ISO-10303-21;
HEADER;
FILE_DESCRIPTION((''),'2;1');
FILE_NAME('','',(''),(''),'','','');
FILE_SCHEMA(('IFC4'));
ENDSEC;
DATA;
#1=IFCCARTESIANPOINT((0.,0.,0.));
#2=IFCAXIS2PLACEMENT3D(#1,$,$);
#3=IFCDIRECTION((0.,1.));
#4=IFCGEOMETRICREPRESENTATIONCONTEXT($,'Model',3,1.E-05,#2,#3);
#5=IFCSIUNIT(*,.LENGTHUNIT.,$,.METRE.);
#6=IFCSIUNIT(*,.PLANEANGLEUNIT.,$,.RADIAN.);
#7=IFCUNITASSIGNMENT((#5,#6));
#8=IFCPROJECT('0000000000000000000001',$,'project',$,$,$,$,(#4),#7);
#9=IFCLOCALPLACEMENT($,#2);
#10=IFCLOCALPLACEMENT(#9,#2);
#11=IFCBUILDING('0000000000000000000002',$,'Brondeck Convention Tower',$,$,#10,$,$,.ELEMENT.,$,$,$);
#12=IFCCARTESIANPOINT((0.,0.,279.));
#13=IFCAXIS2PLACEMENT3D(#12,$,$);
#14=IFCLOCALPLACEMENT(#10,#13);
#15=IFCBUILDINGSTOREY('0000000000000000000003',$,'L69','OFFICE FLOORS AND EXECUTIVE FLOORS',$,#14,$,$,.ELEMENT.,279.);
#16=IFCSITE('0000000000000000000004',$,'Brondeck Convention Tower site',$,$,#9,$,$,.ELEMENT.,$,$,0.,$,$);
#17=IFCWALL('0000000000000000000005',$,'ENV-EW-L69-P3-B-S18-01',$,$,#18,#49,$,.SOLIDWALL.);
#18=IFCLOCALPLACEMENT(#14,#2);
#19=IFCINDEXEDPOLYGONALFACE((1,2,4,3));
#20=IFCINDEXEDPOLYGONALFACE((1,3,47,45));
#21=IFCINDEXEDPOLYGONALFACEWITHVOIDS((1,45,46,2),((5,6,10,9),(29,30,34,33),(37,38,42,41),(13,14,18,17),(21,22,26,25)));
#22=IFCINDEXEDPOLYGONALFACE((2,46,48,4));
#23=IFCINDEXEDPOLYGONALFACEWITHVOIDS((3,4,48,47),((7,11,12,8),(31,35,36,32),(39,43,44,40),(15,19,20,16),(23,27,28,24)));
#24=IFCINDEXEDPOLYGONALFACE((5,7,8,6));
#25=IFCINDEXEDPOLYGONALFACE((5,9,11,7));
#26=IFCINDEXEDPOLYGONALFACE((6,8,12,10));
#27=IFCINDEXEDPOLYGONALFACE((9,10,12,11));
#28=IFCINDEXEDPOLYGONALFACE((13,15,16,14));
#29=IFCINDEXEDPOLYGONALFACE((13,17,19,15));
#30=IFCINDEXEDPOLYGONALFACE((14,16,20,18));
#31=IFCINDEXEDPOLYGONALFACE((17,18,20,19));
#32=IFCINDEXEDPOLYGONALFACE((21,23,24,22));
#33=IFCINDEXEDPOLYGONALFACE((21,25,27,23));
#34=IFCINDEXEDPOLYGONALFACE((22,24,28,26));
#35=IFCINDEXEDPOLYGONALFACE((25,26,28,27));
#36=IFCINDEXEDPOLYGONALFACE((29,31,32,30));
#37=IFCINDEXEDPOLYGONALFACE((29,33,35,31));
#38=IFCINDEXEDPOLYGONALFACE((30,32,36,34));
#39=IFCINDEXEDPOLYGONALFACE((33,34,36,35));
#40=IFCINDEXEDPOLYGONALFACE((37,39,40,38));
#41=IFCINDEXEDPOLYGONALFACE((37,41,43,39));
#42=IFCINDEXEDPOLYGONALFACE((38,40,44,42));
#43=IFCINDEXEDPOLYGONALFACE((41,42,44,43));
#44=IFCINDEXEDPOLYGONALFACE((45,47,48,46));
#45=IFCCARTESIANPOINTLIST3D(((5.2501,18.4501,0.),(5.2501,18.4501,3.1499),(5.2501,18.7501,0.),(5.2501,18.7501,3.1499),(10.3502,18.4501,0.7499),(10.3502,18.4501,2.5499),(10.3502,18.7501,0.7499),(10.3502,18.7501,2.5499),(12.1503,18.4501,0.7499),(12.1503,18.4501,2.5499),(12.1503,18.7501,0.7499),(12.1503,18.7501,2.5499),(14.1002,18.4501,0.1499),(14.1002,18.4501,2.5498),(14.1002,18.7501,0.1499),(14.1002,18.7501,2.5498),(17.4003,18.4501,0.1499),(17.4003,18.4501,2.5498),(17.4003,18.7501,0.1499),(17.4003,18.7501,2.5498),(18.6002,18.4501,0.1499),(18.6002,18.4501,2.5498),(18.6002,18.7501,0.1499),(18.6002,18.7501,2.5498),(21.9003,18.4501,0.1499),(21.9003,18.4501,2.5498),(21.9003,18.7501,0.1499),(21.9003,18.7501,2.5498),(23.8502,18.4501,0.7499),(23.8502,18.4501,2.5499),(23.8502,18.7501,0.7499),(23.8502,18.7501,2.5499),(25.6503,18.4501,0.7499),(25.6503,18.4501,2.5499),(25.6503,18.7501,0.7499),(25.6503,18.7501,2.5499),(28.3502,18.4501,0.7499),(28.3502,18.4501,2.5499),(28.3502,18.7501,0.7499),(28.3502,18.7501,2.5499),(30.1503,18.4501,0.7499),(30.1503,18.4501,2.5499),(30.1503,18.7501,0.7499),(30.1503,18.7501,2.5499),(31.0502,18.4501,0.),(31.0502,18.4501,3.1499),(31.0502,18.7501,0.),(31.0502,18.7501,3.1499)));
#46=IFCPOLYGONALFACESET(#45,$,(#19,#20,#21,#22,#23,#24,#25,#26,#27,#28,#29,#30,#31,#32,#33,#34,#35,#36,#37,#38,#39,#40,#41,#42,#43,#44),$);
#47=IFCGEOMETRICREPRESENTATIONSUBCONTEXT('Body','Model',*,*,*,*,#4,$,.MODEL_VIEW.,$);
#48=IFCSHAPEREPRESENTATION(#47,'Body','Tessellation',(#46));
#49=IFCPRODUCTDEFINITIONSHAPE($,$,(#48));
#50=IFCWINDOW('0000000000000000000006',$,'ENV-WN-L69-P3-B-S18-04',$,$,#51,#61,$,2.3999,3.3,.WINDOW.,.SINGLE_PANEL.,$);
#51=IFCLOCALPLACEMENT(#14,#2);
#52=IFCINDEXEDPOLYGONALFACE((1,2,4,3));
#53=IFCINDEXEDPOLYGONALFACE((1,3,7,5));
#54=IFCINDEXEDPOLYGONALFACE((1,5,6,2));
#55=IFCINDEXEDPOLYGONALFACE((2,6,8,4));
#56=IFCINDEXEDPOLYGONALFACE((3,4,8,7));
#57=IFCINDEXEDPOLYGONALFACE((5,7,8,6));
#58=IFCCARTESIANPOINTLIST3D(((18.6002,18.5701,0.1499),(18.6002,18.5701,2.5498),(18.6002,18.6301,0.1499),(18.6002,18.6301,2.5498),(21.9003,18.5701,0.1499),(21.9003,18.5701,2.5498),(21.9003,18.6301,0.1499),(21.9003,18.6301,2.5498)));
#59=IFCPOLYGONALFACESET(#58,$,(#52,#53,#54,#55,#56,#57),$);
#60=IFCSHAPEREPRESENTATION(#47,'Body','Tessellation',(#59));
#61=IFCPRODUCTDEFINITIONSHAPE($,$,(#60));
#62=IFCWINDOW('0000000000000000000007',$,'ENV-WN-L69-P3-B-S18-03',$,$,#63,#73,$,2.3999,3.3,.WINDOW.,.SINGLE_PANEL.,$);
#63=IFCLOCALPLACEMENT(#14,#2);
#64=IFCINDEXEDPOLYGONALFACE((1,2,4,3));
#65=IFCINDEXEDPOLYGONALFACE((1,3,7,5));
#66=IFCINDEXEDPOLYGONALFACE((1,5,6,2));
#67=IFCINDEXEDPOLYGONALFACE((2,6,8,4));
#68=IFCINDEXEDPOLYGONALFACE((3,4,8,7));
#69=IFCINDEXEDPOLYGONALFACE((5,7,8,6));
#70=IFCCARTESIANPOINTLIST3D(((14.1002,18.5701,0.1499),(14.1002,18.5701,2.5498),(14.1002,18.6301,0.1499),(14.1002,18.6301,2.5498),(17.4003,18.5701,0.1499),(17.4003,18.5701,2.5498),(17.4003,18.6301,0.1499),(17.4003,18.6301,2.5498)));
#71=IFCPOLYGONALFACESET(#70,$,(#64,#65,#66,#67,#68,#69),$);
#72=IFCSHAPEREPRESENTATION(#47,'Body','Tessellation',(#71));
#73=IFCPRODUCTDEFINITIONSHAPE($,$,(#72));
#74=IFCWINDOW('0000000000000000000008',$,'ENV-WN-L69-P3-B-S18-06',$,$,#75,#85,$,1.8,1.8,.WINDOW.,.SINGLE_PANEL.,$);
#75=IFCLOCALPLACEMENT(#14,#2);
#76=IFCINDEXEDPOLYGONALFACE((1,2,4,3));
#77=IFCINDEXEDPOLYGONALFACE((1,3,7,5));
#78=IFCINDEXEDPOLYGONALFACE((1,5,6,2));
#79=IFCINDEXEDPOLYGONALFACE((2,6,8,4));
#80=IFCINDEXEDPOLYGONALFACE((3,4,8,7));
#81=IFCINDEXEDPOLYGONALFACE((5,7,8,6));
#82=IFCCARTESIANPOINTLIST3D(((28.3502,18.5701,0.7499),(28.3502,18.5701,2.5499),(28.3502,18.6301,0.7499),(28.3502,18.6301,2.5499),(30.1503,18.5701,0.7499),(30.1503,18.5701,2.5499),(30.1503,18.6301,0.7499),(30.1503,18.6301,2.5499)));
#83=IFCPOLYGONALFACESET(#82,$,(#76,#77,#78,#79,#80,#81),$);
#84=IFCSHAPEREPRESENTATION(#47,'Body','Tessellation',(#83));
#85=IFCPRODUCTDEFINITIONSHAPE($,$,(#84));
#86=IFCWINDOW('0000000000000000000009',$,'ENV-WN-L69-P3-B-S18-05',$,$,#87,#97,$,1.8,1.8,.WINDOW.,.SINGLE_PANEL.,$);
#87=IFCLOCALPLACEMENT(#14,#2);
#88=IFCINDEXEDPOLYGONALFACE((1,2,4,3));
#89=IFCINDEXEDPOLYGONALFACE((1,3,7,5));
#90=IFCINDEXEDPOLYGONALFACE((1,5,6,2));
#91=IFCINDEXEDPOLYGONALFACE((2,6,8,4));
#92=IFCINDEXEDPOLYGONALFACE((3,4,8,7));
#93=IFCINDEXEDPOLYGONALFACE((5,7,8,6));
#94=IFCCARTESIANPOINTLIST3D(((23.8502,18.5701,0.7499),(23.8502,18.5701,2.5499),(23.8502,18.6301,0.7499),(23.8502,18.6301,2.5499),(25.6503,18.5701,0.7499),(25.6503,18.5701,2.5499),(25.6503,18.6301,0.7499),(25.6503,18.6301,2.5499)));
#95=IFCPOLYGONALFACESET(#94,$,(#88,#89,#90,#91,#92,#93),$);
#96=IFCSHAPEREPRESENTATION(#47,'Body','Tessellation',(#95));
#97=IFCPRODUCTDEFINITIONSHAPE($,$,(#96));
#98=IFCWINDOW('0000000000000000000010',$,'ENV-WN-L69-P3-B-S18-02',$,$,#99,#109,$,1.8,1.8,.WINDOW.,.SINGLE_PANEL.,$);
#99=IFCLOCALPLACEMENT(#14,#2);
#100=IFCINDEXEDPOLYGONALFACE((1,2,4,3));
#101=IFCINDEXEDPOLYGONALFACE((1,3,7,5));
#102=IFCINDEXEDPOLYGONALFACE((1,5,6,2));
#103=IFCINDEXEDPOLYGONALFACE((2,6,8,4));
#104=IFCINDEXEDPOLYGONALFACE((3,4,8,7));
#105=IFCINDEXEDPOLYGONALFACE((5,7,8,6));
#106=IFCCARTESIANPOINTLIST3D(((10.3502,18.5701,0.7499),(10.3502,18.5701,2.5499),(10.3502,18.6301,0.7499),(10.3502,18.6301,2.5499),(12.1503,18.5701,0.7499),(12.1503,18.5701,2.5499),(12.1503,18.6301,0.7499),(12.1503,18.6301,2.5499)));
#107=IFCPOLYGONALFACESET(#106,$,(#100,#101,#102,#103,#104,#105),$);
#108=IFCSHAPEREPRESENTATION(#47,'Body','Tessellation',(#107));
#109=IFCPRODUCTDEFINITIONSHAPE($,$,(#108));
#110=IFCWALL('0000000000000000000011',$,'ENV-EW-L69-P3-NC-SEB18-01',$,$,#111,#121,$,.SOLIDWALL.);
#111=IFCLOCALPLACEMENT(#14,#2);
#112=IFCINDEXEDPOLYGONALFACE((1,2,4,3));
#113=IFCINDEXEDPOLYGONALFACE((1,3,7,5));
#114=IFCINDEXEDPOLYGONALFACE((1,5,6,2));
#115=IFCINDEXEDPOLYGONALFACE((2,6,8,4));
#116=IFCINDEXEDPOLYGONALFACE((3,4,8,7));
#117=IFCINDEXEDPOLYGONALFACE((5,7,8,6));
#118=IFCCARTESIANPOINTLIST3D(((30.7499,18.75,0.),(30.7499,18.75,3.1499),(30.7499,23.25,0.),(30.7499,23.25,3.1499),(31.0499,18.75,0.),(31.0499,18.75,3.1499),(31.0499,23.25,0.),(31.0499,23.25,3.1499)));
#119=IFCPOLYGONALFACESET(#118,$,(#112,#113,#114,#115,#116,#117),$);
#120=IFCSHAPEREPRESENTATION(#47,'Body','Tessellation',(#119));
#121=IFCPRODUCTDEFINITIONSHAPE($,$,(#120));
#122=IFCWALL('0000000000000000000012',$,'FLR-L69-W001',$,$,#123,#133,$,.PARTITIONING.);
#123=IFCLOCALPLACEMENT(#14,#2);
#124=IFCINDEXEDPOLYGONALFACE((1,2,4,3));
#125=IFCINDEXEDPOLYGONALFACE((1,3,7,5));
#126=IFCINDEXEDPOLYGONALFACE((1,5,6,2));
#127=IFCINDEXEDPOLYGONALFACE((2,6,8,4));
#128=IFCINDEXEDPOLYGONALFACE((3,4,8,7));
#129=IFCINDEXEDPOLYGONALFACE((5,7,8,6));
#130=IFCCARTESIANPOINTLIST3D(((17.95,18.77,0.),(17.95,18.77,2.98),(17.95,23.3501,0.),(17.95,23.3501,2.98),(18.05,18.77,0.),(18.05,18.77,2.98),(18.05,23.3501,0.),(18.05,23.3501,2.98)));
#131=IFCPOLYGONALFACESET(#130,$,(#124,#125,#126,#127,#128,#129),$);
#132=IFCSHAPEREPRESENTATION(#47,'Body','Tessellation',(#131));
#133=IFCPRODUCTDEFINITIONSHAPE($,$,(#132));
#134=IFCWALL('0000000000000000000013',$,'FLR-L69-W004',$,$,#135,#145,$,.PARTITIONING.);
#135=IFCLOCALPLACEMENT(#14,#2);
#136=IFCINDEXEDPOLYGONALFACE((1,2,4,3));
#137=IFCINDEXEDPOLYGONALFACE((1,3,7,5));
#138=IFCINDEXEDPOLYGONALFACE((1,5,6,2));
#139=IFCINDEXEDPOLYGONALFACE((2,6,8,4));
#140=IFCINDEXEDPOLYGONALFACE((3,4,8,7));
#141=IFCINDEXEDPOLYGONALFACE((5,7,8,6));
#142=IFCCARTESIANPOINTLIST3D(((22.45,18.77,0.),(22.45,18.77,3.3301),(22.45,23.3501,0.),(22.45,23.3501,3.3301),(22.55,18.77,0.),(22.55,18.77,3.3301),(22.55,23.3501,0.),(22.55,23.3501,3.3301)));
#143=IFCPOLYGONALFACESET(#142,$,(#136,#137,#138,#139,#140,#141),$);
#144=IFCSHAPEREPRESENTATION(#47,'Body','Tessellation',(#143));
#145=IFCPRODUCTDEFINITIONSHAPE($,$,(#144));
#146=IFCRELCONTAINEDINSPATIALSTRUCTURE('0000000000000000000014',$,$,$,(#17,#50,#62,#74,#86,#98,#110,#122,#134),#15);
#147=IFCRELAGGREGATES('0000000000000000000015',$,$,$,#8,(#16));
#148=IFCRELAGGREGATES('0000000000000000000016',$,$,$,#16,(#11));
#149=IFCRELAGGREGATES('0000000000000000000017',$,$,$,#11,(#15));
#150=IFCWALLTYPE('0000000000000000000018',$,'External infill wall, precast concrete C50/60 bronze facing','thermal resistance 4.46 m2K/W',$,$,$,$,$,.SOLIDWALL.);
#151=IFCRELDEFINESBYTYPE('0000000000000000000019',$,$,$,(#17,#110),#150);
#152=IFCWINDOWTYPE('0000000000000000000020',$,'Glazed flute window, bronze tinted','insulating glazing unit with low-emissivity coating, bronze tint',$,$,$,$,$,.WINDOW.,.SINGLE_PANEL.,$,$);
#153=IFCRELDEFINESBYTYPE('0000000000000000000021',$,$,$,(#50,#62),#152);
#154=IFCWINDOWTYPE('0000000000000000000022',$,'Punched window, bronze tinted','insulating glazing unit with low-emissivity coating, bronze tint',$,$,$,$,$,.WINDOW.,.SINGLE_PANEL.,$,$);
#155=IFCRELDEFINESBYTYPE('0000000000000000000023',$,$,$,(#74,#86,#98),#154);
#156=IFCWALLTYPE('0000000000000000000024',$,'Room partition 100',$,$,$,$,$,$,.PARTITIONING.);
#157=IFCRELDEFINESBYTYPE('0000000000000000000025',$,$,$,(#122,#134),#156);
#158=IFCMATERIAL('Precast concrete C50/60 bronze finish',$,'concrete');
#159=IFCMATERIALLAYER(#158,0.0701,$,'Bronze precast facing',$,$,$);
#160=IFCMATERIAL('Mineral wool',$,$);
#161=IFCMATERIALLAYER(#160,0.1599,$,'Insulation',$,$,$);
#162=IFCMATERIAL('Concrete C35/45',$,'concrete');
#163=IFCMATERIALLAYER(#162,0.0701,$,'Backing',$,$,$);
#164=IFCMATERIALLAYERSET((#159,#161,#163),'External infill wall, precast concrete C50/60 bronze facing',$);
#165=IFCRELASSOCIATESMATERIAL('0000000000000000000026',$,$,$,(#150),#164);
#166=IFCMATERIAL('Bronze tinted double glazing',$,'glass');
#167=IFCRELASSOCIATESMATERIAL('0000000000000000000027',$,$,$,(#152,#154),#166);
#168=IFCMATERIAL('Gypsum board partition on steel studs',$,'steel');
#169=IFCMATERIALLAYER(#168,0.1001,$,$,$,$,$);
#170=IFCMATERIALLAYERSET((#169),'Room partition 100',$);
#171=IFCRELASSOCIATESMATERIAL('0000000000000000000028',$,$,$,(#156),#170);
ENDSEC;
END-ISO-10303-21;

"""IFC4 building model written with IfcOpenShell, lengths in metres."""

from ifc_helpers import new_model, si_unit, direction, frame, frame_2d, origin, place, context, subcontext, project, spatial, rectangle, extrude, material, layer, layer_set, type_object, element, fill, save


model = new_model("IFC4")

# Units and contexts
model_context = context("Model", 3, precision=1e-05, world=origin(), true_north=direction((0.0, 1.0)))
body_context = subcontext(model_context, "Body", "Model", "MODEL_VIEW")
ifc_project = project(units=[si_unit("LENGTHUNIT", "METRE"), si_unit("PLANEANGLEUNIT", "RADIAN")], contexts=[model_context])

# Site, building, storey
site_placement = place(None, origin())
site = spatial("IfcSite", under=ifc_project, at=site_placement, Name="Brondeck Convention Tower site", CompositionType="ELEMENT", RefElevation=0.0)
building_placement = place(site_placement, origin())
building = spatial("IfcBuilding", under=site, at=building_placement, Name="Brondeck Convention Tower", CompositionType="ELEMENT")
storey_placement = place(building_placement, frame((0.0, 0.0, 279.0)))
storey = spatial("IfcBuildingStorey", under=building, at=storey_placement, Name="L69", Description="OFFICE FLOORS AND EXECUTIVE FLOORS", CompositionType="ELEMENT", Elevation=279.0)

# Wall, openings, windows
ifc_material_1 = material(Name="Precast concrete C50/60 bronze finish", Category="concrete")
ifc_layer_1 = layer(ifc_material_1, 0.0701, Name="Bronze precast facing")
ifc_material_2 = material(Name="Mineral wool")
ifc_layer_2 = layer(ifc_material_2, 0.1599, Name="Insulation")
ifc_material_3 = material(Name="Concrete C35/45", Category="concrete")
ifc_layer_3 = layer(ifc_material_3, 0.0701, Name="Backing")
ifc_layer_set_1 = layer_set([ifc_layer_1, ifc_layer_2, ifc_layer_3], Name="External infill wall, precast concrete C50/60 bronze facing")
wall_type_1 = type_object("IfcWallType", Name="External infill wall, precast concrete C50/60 bronze facing", Description="thermal resistance 4.46 m2K/W", PredefinedType="SOLIDWALL", material=ifc_layer_set_1)
wall_1_placement = place(storey_placement, frame((31.05, 18.6001, 0.0), z_axis=(0.0, 0.0, 1.0), x_axis=(-1.0, 0.0, 0.0)))
wall_1 = element("IfcWall", 1, at=wall_1_placement, inside=storey, type_object=wall_type_1, Name="ENV-EW-L69-P3-B-S18-01", PredefinedType="SOLIDWALL", context=body_context, shape_type="SweptSolid", body=[
    extrude(rectangle(XDim=25.8, YDim=0.3, at=frame_2d((12.8999, 0.0))), origin(), (0.0, 0.0, 1.0), 3.1499),
])
opening_1_placement = place(wall_1_placement, frame((0.8999, 0.0, 0.75)))
opening_1 = element("IfcOpeningElement", 2, at=opening_1_placement, cuts=wall_1, PredefinedType="OPENING", context=body_context, shape_type="SweptSolid", body=[
    extrude(rectangle(XDim=1.8, YDim=1.8, at=frame_2d((0.8999, 0.8999))), frame((0.0, 0.1599, 0.0), z_axis=(0.0, -1.0, 0.0), x_axis=(1.0, 0.0, 0.0)), (0.0, 0.0, 1.0), 0.3201),
])
opening_2_placement = place(wall_1_placement, frame((5.3999, 0.0, 0.75)))
opening_2 = element("IfcOpeningElement", 3, at=opening_2_placement, cuts=wall_1, PredefinedType="OPENING", context=body_context, shape_type="SweptSolid", body=[
    extrude(rectangle(XDim=1.8, YDim=1.8, at=frame_2d((0.8999, 0.8999))), frame((0.0, 0.1599, 0.0), z_axis=(0.0, -1.0, 0.0), x_axis=(1.0, 0.0, 0.0)), (0.0, 0.0, 1.0), 0.3201),
])
opening_3_placement = place(wall_1_placement, frame((9.1499, 0.0, 0.1499)))
opening_3 = element("IfcOpeningElement", 4, at=opening_3_placement, cuts=wall_1, PredefinedType="OPENING", context=body_context, shape_type="SweptSolid", body=[
    extrude(rectangle(XDim=3.3, YDim=2.3999, at=frame_2d((1.6499, 1.2))), frame((0.0, 0.1599, 0.0), z_axis=(0.0, -1.0, 0.0), x_axis=(1.0, 0.0, 0.0)), (0.0, 0.0, 1.0), 0.3201),
])
opening_4_placement = place(wall_1_placement, frame((13.6499, 0.0, 0.1499)))
opening_4 = element("IfcOpeningElement", 5, at=opening_4_placement, cuts=wall_1, PredefinedType="OPENING", context=body_context, shape_type="SweptSolid", body=[
    extrude(rectangle(XDim=3.3, YDim=2.3999, at=frame_2d((1.6499, 1.2))), frame((0.0, 0.1599, 0.0), z_axis=(0.0, -1.0, 0.0), x_axis=(1.0, 0.0, 0.0)), (0.0, 0.0, 1.0), 0.3201),
])
opening_5_placement = place(wall_1_placement, frame((18.8999, 0.0, 0.75)))
opening_5 = element("IfcOpeningElement", 6, at=opening_5_placement, cuts=wall_1, PredefinedType="OPENING", context=body_context, shape_type="SweptSolid", body=[
    extrude(rectangle(XDim=1.8, YDim=1.8, at=frame_2d((0.8999, 0.8999))), frame((0.0, 0.1599, 0.0), z_axis=(0.0, -1.0, 0.0), x_axis=(1.0, 0.0, 0.0)), (0.0, 0.0, 1.0), 0.3201),
])
ifc_material_4 = material(Name="Bronze tinted double glazing", Category="glass")
window_type_1 = type_object("IfcWindowType", Name="Glazed flute window, bronze tinted", Description="insulating glazing unit with low-emissivity coating, bronze tint", PartitioningType="SINGLE_PANEL", PredefinedType="WINDOW", material=ifc_material_4)
window_1_placement = place(opening_3_placement, origin())
window_1 = element("IfcWindow", 7, at=window_1_placement, inside=storey, type_object=window_type_1, Name="ENV-WN-L69-P3-B-S18-04", OverallHeight=2.3999, OverallWidth=3.3, PartitioningType="SINGLE_PANEL", PredefinedType="WINDOW", context=body_context, shape_type="SweptSolid", body=[
    extrude(rectangle(XDim=3.3, YDim=2.3999, at=frame_2d((1.6499, 1.2))), frame((0.0, 0.03, 0.0), z_axis=(0.0, -1.0, 0.0), x_axis=(1.0, 0.0, 0.0)), (0.0, 0.0, 1.0), 0.0601),
])
fill(opening_3, window_1)
window_2_placement = place(opening_4_placement, origin())
window_2 = element("IfcWindow", 8, at=window_2_placement, inside=storey, type_object=window_type_1, Name="ENV-WN-L69-P3-B-S18-03", OverallHeight=2.3999, OverallWidth=3.3, PartitioningType="SINGLE_PANEL", PredefinedType="WINDOW", context=body_context, shape_type="SweptSolid", body=[
    extrude(rectangle(XDim=3.3, YDim=2.3999, at=frame_2d((1.6499, 1.2))), frame((0.0, 0.03, 0.0), z_axis=(0.0, -1.0, 0.0), x_axis=(1.0, 0.0, 0.0)), (0.0, 0.0, 1.0), 0.0601),
])
fill(opening_4, window_2)
window_type_2 = type_object("IfcWindowType", Name="Punched window, bronze tinted", Description="insulating glazing unit with low-emissivity coating, bronze tint", PartitioningType="SINGLE_PANEL", PredefinedType="WINDOW", material=ifc_material_4)
window_3_placement = place(opening_1_placement, origin())
window_3 = element("IfcWindow", 9, at=window_3_placement, inside=storey, type_object=window_type_2, Name="ENV-WN-L69-P3-B-S18-06", OverallHeight=1.8, OverallWidth=1.8, PartitioningType="SINGLE_PANEL", PredefinedType="WINDOW", context=body_context, shape_type="SweptSolid", body=[
    extrude(rectangle(XDim=1.8, YDim=1.8, at=frame_2d((0.8999, 0.8999))), frame((0.0, 0.03, 0.0), z_axis=(0.0, -1.0, 0.0), x_axis=(1.0, 0.0, 0.0)), (0.0, 0.0, 1.0), 0.0601),
])
fill(opening_1, window_3)
window_4_placement = place(opening_2_placement, origin())
window_4 = element("IfcWindow", 10, at=window_4_placement, inside=storey, type_object=window_type_2, Name="ENV-WN-L69-P3-B-S18-05", OverallHeight=1.8, OverallWidth=1.8, PartitioningType="SINGLE_PANEL", PredefinedType="WINDOW", context=body_context, shape_type="SweptSolid", body=[
    extrude(rectangle(XDim=1.8, YDim=1.8, at=frame_2d((0.8999, 0.8999))), frame((0.0, 0.03, 0.0), z_axis=(0.0, -1.0, 0.0), x_axis=(1.0, 0.0, 0.0)), (0.0, 0.0, 1.0), 0.0601),
])
fill(opening_2, window_4)
window_5_placement = place(opening_5_placement, origin())
window_5 = element("IfcWindow", 11, at=window_5_placement, inside=storey, type_object=window_type_2, Name="ENV-WN-L69-P3-B-S18-02", OverallHeight=1.8, OverallWidth=1.8, PartitioningType="SINGLE_PANEL", PredefinedType="WINDOW", context=body_context, shape_type="SweptSolid", body=[
    extrude(rectangle(XDim=1.8, YDim=1.8, at=frame_2d((0.8999, 0.8999))), frame((0.0, 0.03, 0.0), z_axis=(0.0, -1.0, 0.0), x_axis=(1.0, 0.0, 0.0)), (0.0, 0.0, 1.0), 0.0601),
])
fill(opening_5, window_5)

# Walls
wall_2_placement = place(storey_placement, frame((30.8999, 23.25, 0.0), z_axis=(0.0, 0.0, 1.0), x_axis=(0.0, -1.0, 0.0)))
element("IfcWall", 12, at=wall_2_placement, inside=storey, type_object=wall_type_1, Name="ENV-EW-L69-P3-NC-SEB18-01", PredefinedType="SOLIDWALL", context=body_context, shape_type="SweptSolid", body=[
    extrude(rectangle(XDim=4.5, YDim=0.3, at=frame_2d((2.25, 0.0))), origin(), (0.0, 0.0, 1.0), 3.1499),
])
ifc_material_5 = material(Name="Gypsum board partition on steel studs", Category="steel")
ifc_layer_4 = layer(ifc_material_5, 0.1001)
ifc_layer_set_2 = layer_set([ifc_layer_4], Name="Room partition 100")
wall_type_2 = type_object("IfcWallType", Name="Room partition 100", PredefinedType="PARTITIONING", material=ifc_layer_set_2)
wall_3_placement = place(storey_placement, frame((18.0, 18.77, 0.0), z_axis=(0.0, 0.0, 1.0), x_axis=(0.0, 1.0, 0.0)))
element("IfcWall", 13, at=wall_3_placement, inside=storey, type_object=wall_type_2, Name="FLR-L69-W001", PredefinedType="PARTITIONING", context=body_context, shape_type="SweptSolid", body=[
    extrude(rectangle(XDim=4.5801, YDim=0.1001, at=frame_2d((2.29, 0.0))), origin(), (0.0, 0.0, 1.0), 2.98),
])
wall_4_placement = place(storey_placement, frame((22.5, 23.3501, 0.0), z_axis=(0.0, 0.0, 1.0), x_axis=(0.0, -1.0, 0.0)))
element("IfcWall", 14, at=wall_4_placement, inside=storey, type_object=wall_type_2, Name="FLR-L69-W004", PredefinedType="PARTITIONING", context=body_context, shape_type="SweptSolid", body=[
    extrude(rectangle(XDim=4.5801, YDim=0.1001, at=frame_2d((2.29, 0.0))), origin(), (0.0, 0.0, 1.0), 3.3301),
])

save(model, "model.ifc")
